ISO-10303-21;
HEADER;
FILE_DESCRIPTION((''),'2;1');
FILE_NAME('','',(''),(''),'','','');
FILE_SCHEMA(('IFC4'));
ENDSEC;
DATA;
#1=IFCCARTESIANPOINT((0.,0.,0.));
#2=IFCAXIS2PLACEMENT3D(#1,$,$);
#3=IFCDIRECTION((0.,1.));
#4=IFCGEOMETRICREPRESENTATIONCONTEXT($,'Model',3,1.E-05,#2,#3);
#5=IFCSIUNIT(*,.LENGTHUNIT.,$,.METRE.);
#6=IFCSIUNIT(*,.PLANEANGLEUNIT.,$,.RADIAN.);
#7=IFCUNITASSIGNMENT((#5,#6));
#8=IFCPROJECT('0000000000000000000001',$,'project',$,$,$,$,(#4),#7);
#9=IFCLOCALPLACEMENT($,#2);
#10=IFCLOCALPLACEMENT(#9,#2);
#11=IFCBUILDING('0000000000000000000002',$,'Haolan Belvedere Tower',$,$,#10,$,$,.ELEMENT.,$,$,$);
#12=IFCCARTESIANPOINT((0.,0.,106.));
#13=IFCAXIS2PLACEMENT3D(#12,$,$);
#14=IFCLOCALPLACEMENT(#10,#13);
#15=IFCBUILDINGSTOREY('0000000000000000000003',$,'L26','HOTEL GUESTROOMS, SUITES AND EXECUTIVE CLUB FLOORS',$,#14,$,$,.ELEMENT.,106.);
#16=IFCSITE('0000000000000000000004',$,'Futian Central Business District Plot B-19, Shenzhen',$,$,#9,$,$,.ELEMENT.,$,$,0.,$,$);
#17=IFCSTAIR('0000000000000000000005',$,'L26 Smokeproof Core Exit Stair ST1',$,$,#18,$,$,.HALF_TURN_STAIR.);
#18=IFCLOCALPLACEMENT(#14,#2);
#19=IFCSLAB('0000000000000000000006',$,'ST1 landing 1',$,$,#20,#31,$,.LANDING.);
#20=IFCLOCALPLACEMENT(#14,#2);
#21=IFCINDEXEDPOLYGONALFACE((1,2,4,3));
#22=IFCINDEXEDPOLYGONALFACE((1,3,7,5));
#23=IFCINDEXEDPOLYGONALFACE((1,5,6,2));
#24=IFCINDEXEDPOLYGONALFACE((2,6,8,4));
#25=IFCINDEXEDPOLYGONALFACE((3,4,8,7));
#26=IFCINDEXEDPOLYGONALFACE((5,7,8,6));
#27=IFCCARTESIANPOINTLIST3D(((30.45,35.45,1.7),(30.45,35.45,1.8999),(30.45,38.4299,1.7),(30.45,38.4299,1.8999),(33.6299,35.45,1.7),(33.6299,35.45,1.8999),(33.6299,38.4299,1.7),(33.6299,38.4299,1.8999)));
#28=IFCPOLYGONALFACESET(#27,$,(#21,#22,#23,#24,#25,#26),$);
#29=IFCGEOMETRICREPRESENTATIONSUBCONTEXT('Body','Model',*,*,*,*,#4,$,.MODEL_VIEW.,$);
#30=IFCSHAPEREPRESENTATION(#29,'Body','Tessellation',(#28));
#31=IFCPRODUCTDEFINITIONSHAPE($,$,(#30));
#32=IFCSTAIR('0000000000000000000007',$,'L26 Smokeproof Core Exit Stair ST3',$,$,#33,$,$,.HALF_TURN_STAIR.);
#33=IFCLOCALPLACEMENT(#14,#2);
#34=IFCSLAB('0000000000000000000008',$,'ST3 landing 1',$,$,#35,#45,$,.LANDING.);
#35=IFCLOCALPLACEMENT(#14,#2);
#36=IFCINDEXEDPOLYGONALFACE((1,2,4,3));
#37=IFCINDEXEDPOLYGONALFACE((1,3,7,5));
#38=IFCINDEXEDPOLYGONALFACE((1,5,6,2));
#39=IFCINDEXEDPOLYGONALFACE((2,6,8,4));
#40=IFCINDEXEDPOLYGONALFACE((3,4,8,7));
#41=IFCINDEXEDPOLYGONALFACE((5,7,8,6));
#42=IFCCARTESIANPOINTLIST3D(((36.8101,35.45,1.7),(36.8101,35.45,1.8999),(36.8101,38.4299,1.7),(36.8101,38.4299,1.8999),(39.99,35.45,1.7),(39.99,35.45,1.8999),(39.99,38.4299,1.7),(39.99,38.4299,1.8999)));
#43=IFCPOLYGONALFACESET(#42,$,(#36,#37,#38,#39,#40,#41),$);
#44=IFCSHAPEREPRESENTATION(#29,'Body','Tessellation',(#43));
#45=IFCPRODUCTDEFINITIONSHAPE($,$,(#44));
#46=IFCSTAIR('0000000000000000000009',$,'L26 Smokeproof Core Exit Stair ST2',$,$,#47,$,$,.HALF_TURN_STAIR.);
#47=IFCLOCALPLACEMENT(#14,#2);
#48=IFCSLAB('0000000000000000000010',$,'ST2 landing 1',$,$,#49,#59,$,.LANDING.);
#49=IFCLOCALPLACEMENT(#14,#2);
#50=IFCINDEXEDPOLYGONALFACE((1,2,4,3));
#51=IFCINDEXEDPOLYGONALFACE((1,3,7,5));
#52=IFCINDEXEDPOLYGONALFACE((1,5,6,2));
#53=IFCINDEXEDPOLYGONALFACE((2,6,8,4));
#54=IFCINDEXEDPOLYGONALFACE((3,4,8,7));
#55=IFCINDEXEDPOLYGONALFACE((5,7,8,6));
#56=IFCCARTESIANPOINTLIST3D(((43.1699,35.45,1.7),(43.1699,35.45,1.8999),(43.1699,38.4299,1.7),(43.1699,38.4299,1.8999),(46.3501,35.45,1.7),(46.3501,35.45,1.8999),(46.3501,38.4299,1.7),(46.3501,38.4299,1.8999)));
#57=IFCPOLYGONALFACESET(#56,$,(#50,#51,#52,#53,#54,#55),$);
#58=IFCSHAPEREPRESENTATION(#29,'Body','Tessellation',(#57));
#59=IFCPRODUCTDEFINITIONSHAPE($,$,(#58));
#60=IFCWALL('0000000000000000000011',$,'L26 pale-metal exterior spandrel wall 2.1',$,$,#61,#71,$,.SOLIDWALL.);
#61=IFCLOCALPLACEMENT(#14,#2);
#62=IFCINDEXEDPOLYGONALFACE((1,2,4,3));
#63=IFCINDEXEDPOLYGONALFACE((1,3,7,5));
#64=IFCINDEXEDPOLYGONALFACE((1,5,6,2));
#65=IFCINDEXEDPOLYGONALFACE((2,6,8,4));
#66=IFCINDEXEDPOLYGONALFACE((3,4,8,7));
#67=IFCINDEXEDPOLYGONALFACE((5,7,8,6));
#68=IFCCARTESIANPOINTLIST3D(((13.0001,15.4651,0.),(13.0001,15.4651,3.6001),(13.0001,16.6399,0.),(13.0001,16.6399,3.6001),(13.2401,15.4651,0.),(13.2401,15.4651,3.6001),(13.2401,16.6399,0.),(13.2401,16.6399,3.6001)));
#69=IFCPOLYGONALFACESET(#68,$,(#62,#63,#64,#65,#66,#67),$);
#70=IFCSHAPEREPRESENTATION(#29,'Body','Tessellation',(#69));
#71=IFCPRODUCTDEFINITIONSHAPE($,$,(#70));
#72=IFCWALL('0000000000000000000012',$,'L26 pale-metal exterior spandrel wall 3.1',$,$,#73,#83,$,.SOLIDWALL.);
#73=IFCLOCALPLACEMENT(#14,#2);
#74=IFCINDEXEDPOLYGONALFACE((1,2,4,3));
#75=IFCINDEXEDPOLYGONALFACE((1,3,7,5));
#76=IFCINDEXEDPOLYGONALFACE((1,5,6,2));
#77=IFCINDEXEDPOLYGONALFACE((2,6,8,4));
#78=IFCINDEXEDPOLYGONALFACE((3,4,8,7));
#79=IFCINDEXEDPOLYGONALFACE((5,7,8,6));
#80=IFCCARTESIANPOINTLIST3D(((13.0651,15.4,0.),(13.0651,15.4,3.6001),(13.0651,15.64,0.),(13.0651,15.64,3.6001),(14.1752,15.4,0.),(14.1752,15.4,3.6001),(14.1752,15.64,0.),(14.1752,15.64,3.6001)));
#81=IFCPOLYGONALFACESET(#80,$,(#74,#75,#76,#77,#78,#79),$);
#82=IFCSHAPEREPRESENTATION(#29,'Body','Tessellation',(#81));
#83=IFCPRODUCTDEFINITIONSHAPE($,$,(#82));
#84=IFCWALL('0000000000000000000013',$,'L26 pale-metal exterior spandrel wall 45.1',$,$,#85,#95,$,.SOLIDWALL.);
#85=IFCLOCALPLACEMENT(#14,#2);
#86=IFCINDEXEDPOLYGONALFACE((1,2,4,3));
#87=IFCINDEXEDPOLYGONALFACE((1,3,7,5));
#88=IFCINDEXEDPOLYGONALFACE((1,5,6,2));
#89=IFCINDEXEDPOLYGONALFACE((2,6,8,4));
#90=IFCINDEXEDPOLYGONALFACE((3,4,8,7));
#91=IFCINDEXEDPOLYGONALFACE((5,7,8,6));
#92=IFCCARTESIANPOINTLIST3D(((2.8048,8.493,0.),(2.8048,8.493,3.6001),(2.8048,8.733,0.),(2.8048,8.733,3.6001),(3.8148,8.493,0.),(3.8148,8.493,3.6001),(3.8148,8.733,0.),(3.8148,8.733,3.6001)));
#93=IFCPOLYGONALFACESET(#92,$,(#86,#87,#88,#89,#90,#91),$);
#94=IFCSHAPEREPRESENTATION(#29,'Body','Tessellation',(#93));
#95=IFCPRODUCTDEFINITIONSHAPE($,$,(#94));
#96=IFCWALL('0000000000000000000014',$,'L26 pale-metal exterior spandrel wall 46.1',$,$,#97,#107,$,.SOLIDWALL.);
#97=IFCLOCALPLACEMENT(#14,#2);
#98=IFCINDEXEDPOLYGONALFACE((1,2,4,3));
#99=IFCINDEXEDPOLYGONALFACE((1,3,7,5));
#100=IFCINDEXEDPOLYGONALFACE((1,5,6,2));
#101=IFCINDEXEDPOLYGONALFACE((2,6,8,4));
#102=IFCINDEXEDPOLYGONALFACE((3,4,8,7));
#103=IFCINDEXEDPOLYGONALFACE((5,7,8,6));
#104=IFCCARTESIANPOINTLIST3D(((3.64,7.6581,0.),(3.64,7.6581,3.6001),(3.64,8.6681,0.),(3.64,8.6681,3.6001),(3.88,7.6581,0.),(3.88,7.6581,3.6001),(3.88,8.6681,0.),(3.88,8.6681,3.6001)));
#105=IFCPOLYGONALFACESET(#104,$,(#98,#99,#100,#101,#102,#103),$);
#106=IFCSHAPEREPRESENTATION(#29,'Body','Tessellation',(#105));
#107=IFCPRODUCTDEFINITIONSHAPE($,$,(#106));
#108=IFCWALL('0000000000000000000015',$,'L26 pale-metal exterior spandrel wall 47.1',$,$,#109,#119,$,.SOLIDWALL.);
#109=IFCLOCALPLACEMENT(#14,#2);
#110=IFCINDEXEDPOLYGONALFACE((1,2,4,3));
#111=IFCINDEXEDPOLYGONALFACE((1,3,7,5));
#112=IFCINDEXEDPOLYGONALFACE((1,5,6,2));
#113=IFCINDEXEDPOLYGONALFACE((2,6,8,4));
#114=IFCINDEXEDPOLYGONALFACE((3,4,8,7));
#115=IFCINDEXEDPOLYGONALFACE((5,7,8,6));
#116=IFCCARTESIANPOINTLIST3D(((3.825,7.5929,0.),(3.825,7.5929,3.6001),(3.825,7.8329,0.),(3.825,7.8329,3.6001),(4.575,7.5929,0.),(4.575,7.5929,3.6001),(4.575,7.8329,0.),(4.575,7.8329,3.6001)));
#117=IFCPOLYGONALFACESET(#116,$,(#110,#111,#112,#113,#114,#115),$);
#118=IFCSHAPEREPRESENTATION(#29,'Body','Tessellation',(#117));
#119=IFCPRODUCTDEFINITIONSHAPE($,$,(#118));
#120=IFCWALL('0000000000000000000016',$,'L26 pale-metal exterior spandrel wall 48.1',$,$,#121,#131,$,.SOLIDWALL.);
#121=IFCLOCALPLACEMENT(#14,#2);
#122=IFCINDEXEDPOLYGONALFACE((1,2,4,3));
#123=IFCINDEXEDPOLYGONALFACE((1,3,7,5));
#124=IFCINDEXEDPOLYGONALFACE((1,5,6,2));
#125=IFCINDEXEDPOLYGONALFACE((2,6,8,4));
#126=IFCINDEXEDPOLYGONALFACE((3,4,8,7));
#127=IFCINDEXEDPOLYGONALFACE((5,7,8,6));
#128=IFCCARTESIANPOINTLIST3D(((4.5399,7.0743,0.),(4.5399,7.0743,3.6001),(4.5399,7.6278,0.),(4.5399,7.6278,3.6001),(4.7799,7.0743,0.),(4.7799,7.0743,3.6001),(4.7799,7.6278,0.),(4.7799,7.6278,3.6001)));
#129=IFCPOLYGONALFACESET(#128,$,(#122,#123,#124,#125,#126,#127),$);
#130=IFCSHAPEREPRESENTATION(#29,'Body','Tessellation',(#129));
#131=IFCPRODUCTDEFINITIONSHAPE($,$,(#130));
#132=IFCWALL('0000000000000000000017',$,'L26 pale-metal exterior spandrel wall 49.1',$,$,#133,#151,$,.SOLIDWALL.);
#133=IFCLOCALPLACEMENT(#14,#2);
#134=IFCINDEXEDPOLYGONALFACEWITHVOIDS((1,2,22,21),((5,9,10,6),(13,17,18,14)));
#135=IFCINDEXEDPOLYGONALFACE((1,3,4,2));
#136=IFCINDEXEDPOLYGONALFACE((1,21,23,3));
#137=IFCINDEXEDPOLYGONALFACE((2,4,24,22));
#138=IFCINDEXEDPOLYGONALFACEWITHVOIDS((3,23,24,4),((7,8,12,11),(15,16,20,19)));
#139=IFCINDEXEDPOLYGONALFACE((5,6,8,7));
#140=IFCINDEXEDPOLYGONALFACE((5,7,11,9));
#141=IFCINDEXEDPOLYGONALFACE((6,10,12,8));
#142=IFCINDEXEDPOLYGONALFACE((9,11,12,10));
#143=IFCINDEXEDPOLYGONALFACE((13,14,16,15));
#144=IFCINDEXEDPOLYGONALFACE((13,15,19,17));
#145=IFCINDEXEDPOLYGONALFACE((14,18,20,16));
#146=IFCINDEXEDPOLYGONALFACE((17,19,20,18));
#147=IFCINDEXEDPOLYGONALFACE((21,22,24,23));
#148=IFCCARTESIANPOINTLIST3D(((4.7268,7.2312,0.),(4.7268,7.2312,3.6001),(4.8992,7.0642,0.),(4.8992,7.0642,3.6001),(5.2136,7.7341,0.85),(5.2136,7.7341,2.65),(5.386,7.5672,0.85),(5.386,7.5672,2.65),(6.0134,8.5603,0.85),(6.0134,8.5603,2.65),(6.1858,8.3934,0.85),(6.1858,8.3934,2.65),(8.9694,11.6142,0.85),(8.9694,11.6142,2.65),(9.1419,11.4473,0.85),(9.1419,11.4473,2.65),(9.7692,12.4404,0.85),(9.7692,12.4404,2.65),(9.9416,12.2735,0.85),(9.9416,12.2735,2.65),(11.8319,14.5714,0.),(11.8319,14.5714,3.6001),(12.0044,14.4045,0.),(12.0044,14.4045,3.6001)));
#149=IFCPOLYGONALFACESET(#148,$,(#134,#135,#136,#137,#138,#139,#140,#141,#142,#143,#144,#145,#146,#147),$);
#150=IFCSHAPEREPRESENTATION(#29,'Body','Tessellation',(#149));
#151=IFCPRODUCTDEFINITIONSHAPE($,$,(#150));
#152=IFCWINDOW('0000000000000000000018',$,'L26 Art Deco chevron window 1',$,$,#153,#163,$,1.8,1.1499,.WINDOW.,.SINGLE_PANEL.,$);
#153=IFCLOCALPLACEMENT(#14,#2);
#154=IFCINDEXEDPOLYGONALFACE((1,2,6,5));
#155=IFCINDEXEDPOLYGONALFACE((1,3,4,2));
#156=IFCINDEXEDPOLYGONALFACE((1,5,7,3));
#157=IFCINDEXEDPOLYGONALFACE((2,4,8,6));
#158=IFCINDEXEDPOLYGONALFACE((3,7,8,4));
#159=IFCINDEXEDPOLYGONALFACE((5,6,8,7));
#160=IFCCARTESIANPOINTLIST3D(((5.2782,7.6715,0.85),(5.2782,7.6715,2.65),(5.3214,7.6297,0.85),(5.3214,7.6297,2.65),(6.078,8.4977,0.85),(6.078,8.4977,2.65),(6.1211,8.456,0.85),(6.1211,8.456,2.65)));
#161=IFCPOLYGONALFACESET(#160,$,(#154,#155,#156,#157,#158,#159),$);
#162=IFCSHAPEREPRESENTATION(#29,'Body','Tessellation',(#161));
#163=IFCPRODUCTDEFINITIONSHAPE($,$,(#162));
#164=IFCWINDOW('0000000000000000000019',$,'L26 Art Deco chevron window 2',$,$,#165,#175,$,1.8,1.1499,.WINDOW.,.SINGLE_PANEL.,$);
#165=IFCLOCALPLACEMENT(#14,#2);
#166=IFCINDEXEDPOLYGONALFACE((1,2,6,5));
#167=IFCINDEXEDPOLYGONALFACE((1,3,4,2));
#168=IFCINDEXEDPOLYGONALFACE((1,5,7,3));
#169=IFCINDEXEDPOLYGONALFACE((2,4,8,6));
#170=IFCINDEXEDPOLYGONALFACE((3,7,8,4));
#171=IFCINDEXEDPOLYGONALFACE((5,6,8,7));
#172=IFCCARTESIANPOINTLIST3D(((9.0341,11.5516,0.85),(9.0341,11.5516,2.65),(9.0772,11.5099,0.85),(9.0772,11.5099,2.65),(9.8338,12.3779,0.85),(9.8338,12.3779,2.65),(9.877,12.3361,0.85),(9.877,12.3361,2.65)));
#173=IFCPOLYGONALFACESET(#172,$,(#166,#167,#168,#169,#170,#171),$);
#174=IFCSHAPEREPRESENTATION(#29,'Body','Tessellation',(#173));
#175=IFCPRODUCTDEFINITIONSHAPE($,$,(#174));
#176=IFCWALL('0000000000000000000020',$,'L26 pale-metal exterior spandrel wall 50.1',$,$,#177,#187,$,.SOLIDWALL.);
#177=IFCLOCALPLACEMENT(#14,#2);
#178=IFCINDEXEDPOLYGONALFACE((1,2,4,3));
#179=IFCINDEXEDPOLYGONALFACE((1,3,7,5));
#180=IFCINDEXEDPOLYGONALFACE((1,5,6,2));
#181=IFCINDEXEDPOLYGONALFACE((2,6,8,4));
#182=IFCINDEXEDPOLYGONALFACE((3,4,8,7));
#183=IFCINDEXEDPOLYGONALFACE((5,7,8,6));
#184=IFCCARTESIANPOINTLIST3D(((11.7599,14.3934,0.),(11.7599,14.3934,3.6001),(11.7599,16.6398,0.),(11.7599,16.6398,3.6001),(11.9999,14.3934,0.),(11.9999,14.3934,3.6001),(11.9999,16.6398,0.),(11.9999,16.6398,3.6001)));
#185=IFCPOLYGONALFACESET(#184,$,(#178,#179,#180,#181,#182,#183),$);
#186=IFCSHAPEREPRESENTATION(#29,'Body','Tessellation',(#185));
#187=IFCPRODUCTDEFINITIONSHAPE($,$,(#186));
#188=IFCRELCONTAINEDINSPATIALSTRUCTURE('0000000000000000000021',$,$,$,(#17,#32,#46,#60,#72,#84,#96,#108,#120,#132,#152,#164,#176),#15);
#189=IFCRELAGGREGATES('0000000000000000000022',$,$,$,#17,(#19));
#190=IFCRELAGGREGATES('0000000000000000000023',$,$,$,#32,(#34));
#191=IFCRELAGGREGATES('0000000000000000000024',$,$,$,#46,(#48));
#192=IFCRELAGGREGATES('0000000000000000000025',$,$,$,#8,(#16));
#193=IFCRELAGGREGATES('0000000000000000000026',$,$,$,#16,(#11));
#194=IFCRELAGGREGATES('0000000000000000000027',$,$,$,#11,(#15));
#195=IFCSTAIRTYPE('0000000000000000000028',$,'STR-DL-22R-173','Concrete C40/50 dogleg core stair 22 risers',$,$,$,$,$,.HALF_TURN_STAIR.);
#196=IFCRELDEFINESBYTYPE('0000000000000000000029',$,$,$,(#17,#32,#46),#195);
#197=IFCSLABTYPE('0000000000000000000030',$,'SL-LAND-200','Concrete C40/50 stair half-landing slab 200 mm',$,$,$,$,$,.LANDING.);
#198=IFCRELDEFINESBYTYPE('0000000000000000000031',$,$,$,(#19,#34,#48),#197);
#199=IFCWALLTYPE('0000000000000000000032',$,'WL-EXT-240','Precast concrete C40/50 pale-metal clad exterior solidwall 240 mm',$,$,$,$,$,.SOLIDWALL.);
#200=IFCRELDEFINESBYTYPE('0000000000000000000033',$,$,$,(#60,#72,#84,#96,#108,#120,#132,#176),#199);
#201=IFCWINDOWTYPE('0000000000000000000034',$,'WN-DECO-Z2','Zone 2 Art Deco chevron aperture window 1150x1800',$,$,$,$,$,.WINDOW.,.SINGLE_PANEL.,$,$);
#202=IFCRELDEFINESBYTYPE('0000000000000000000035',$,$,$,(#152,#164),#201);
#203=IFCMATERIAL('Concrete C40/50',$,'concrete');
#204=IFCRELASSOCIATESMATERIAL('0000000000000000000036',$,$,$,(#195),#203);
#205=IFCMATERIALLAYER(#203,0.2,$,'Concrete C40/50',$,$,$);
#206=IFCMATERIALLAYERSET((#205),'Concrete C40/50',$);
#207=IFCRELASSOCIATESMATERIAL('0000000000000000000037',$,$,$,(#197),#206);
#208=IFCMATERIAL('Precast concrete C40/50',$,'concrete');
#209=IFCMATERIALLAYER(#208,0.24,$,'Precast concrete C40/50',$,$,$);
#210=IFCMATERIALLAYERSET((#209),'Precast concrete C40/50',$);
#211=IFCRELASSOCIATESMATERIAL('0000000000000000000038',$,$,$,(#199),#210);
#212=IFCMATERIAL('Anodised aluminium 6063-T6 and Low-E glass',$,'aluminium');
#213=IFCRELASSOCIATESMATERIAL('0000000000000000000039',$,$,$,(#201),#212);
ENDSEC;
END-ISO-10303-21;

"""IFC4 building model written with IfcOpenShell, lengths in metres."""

from ifc_helpers import new_model, si_unit, direction, frame, frame_2d, origin, place, context, subcontext, project, spatial, polyline, rectangle, outline, extrude, material, layer, layer_set, type_object, element, fill, aggregate, save


model = new_model("IFC4")

# Units and contexts
model_context = context("Model", 3, precision=1e-05, world=origin(), true_north=direction((0.0, 1.0)))
body_context = subcontext(model_context, "Body", "Model", "MODEL_VIEW")
ifc_project = project(units=[si_unit("LENGTHUNIT", "METRE"), si_unit("PLANEANGLEUNIT", "RADIAN")], contexts=[model_context])

# Site, building, storey
site_placement = place(None, origin())
site = spatial("IfcSite", under=ifc_project, at=site_placement, Name="Futian Central Business District Plot B-19, Shenzhen", CompositionType="ELEMENT", RefElevation=0.0)
building_placement = place(site_placement, origin())
building = spatial("IfcBuilding", under=site, at=building_placement, Name="Haolan Belvedere Tower", CompositionType="ELEMENT")
storey_placement = place(building_placement, frame((0.0, 0.0, 106.0)))
storey = spatial("IfcBuildingStorey", under=building, at=storey_placement, Name="L26", Description="HOTEL GUESTROOMS, SUITES AND EXECUTIVE CLUB FLOORS", CompositionType="ELEMENT", Elevation=106.0)

# Shared definitions
ifc_material_1 = material(Name="Concrete C40/50", Category="concrete")

# Stairs, slabs
stair_type = type_object("IfcStairType", Name="STR-DL-22R-173", Description="Concrete C40/50 dogleg core stair 22 risers", PredefinedType="HALF_TURN_STAIR", material=ifc_material_1)
stair_1_placement = place(storey_placement, origin())
stair_1 = element("IfcStair", 1, at=stair_1_placement, inside=storey, type_object=stair_type, Name="L26 Smokeproof Core Exit Stair ST1", PredefinedType="HALF_TURN_STAIR")
ifc_layer_1 = layer(ifc_material_1, 0.2, Name="Concrete C40/50")
ifc_layer_set_1 = layer_set([ifc_layer_1], Name="Concrete C40/50")
slab_type_1 = type_object("IfcSlabType", Name="SL-LAND-200", Description="Concrete C40/50 stair half-landing slab 200 mm", PredefinedType="LANDING", material=ifc_layer_set_1)
slab_1_placement = place(storey_placement, frame((0.0, 0.0, 1.7)))
slab_1 = element("IfcSlab", 2, at=slab_1_placement, type_object=slab_type_1, Name="ST1 landing 1", PredefinedType="LANDING", context=body_context, shape_type="SweptSolid", body=[
    extrude(outline(polyline([(30.45, 38.4299), (30.45, 35.45), (33.6299, 35.45), (33.6299, 38.4299), (30.45, 38.4299)])), origin(), (0.0, 0.0, 1.0), 0.2),
])
aggregate(stair_1, [slab_1])
stair_2_placement = place(storey_placement, origin())
stair_2 = element("IfcStair", 3, at=stair_2_placement, inside=storey, type_object=stair_type, Name="L26 Smokeproof Core Exit Stair ST3", PredefinedType="HALF_TURN_STAIR")
slab_2_placement = place(storey_placement, frame((0.0, 0.0, 1.7)))
slab_2 = element("IfcSlab", 4, at=slab_2_placement, type_object=slab_type_1, Name="ST3 landing 1", PredefinedType="LANDING", context=body_context, shape_type="SweptSolid", body=[
    extrude(outline(polyline([(36.8101, 38.4299), (36.8101, 35.45), (39.99, 35.45), (39.99, 38.4299), (36.8101, 38.4299)])), origin(), (0.0, 0.0, 1.0), 0.2),
])
aggregate(stair_2, [slab_2])
stair_3_placement = place(storey_placement, origin())
stair_3 = element("IfcStair", 5, at=stair_3_placement, inside=storey, type_object=stair_type, Name="L26 Smokeproof Core Exit Stair ST2", PredefinedType="HALF_TURN_STAIR")
slab_3_placement = place(storey_placement, frame((0.0, 0.0, 1.7)))
slab_3 = element("IfcSlab", 6, at=slab_3_placement, type_object=slab_type_1, Name="ST2 landing 1", PredefinedType="LANDING", context=body_context, shape_type="SweptSolid", body=[
    extrude(outline(polyline([(43.1699, 38.4299), (43.1699, 35.45), (46.3501, 35.45), (46.3501, 38.4299), (43.1699, 38.4299)])), origin(), (0.0, 0.0, 1.0), 0.2),
])
aggregate(stair_3, [slab_3])

# Walls
ifc_material_2 = material(Name="Precast concrete C40/50", Category="concrete")
ifc_layer_2 = layer(ifc_material_2, 0.24, Name="Precast concrete C40/50")
ifc_layer_set_2 = layer_set([ifc_layer_2], Name="Precast concrete C40/50")
wall_type_1 = type_object("IfcWallType", Name="WL-EXT-240", Description="Precast concrete C40/50 pale-metal clad exterior solidwall 240 mm", PredefinedType="SOLIDWALL", material=ifc_layer_set_2)
wall_1_placement = place(storey_placement, frame((13.1201, 16.6399, 0.0), z_axis=(0.0, 0.0, 1.0), x_axis=(0.0, -1.0, 0.0)))
element("IfcWall", 7, at=wall_1_placement, inside=storey, type_object=wall_type_1, Name="L26 pale-metal exterior spandrel wall 2.1", PredefinedType="SOLIDWALL", context=body_context, shape_type="SweptSolid", body=[
    extrude(rectangle(XDim=1.1748, YDim=0.24, at=frame_2d((0.5874, 0.0))), origin(), (0.0, 0.0, 1.0), 3.6001),
])
wall_2_placement = place(storey_placement, frame((13.0649, 15.52, 0.0), z_axis=(0.0, 0.0, 1.0), x_axis=(1.0, 0.0, 0.0)))
element("IfcWall", 8, at=wall_2_placement, inside=storey, type_object=wall_type_1, Name="L26 pale-metal exterior spandrel wall 3.1", PredefinedType="SOLIDWALL", context=body_context, shape_type="SweptSolid", body=[
    extrude(rectangle(XDim=1.1101, YDim=0.24, at=frame_2d((0.5552, 0.0))), origin(), (0.0, 0.0, 1.0), 3.6001),
])
for number, where, z_axis, x_axis, name in (
    (9, (2.8049, 8.613, 0.0), (0.0, 0.0, 1.0), (1.0, 0.0, 0.0), "L26 pale-metal exterior spandrel wall 45.1"),
    (10, (3.76, 8.668, 0.0), (0.0, 0.0, 1.0), (0.0, -1.0, 0.0), "L26 pale-metal exterior spandrel wall 46.1"),
):
    element("IfcWall", number, at=place(storey_placement, frame(where, z_axis=z_axis, x_axis=x_axis)), inside=storey, type_object=wall_type_1, Name=name, PredefinedType="SOLIDWALL", context=body_context, shape_type="SweptSolid", body=[
        extrude(rectangle(XDim=1.01, YDim=0.24, at=frame_2d((0.5049, 0.0))), origin(), (0.0, 0.0, 1.0), 3.6001),
    ])
wall_3_placement = place(storey_placement, frame((3.825, 7.7129, 0.0), z_axis=(0.0, 0.0, 1.0), x_axis=(1.0, 0.0, 0.0)))
element("IfcWall", 11, at=wall_3_placement, inside=storey, type_object=wall_type_1, Name="L26 pale-metal exterior spandrel wall 47.1", PredefinedType="SOLIDWALL", context=body_context, shape_type="SweptSolid", body=[
    extrude(rectangle(XDim=0.75, YDim=0.24, at=frame_2d((0.375, 0.0))), origin(), (0.0, 0.0, 1.0), 3.6001),
])
wall_4_placement = place(storey_placement, frame((4.6599, 7.6279, 0.0), z_axis=(0.0, 0.0, 1.0), x_axis=(0.0, -1.0, 0.0)))
element("IfcWall", 12, at=wall_4_placement, inside=storey, type_object=wall_type_1, Name="L26 pale-metal exterior spandrel wall 48.1", PredefinedType="SOLIDWALL", context=body_context, shape_type="SweptSolid", body=[
    extrude(rectangle(XDim=0.5535, YDim=0.24, at=frame_2d((0.2769, 0.0))), origin(), (0.0, 0.0, 1.0), 3.6001),
])

# Wall, openings, windows
wall_5_placement = place(storey_placement, frame((4.813, 7.1477, 0.0), z_axis=(0.0, 0.0, 1.0), x_axis=(0.695506, 0.71852, 0.0)))
wall_5 = element("IfcWall", 13, at=wall_5_placement, inside=storey, type_object=wall_type_1, Name="L26 pale-metal exterior spandrel wall 49.1", PredefinedType="SOLIDWALL", context=body_context, shape_type="SweptSolid", body=[
    extrude(rectangle(XDim=10.2158, YDim=0.24, at=frame_2d((5.1079, 0.0))), origin(), (0.0, 0.0, 1.0), 3.6001),
])
opening_1_placement = place(wall_5_placement, frame((0.7, 0.0, 0.8501)))
opening_1 = element("IfcOpeningElement", 14, at=opening_1_placement, cuts=wall_5, PredefinedType="OPENING", context=body_context, shape_type="SweptSolid", body=[
    extrude(rectangle(XDim=1.1499, YDim=1.8, at=frame_2d((0.575, 0.8999))), frame((0.0, 0.1299, 0.0), z_axis=(0.0, -1.0, 0.0), x_axis=(1.0, 0.0, 0.0)), (0.0, 0.0, 1.0), 0.26),
])
opening_2_placement = place(wall_5_placement, frame((6.1001, 0.0, 0.8501)))
opening_2 = element("IfcOpeningElement", 15, at=opening_2_placement, cuts=wall_5, PredefinedType="OPENING", context=body_context, shape_type="SweptSolid", body=[
    extrude(rectangle(XDim=1.1499, YDim=1.8, at=frame_2d((0.575, 0.8999))), frame((0.0, 0.1299, 0.0), z_axis=(0.0, -1.0, 0.0), x_axis=(1.0, 0.0, 0.0)), (0.0, 0.0, 1.0), 0.26),
])
ifc_material_3 = material(Name="Anodised aluminium 6063-T6 and Low-E glass", Category="aluminium")
window_type = type_object("IfcWindowType", Name="WN-DECO-Z2", Description="Zone 2 Art Deco chevron aperture window 1150x1800", PartitioningType="SINGLE_PANEL", PredefinedType="WINDOW", material=ifc_material_3)
window_1_placement = place(opening_1_placement, origin())
window_1 = element("IfcWindow", 16, at=window_1_placement, inside=storey, type_object=window_type, Name="L26 Art Deco chevron window 1", OverallHeight=1.8, OverallWidth=1.1499, PartitioningType="SINGLE_PANEL", PredefinedType="WINDOW", context=body_context, shape_type="SweptSolid", body=[
    extrude(rectangle(XDim=1.1499, YDim=1.8, at=frame_2d((0.575, 0.8999))), frame((0.0, 0.03, 0.0), z_axis=(0.0, -1.0, 0.0), x_axis=(1.0, 0.0, 0.0)), (0.0, 0.0, 1.0), 0.0601),
])
fill(opening_1, window_1)
window_2_placement = place(opening_2_placement, origin())
window_2 = element("IfcWindow", 17, at=window_2_placement, inside=storey, type_object=window_type, Name="L26 Art Deco chevron window 2", OverallHeight=1.8, OverallWidth=1.1499, PartitioningType="SINGLE_PANEL", PredefinedType="WINDOW", context=body_context, shape_type="SweptSolid", body=[
    extrude(rectangle(XDim=1.1499, YDim=1.8, at=frame_2d((0.575, 0.8999))), frame((0.0, 0.03, 0.0), z_axis=(0.0, -1.0, 0.0), x_axis=(1.0, 0.0, 0.0)), (0.0, 0.0, 1.0), 0.0601),
])
fill(opening_2, window_2)

# Wall
wall_6_placement = place(storey_placement, frame((11.8799, 14.3936, 0.0), z_axis=(0.0, 0.0, 1.0), x_axis=(0.0, 1.0, 0.0)))
element("IfcWall", 18, at=wall_6_placement, inside=storey, type_object=wall_type_1, Name="L26 pale-metal exterior spandrel wall 50.1", PredefinedType="SOLIDWALL", context=body_context, shape_type="SweptSolid", body=[
    extrude(rectangle(XDim=2.2463, YDim=0.24, at=frame_2d((1.123, 0.0))), origin(), (0.0, 0.0, 1.0), 3.6001),
])

save(model, "model.ifc")
